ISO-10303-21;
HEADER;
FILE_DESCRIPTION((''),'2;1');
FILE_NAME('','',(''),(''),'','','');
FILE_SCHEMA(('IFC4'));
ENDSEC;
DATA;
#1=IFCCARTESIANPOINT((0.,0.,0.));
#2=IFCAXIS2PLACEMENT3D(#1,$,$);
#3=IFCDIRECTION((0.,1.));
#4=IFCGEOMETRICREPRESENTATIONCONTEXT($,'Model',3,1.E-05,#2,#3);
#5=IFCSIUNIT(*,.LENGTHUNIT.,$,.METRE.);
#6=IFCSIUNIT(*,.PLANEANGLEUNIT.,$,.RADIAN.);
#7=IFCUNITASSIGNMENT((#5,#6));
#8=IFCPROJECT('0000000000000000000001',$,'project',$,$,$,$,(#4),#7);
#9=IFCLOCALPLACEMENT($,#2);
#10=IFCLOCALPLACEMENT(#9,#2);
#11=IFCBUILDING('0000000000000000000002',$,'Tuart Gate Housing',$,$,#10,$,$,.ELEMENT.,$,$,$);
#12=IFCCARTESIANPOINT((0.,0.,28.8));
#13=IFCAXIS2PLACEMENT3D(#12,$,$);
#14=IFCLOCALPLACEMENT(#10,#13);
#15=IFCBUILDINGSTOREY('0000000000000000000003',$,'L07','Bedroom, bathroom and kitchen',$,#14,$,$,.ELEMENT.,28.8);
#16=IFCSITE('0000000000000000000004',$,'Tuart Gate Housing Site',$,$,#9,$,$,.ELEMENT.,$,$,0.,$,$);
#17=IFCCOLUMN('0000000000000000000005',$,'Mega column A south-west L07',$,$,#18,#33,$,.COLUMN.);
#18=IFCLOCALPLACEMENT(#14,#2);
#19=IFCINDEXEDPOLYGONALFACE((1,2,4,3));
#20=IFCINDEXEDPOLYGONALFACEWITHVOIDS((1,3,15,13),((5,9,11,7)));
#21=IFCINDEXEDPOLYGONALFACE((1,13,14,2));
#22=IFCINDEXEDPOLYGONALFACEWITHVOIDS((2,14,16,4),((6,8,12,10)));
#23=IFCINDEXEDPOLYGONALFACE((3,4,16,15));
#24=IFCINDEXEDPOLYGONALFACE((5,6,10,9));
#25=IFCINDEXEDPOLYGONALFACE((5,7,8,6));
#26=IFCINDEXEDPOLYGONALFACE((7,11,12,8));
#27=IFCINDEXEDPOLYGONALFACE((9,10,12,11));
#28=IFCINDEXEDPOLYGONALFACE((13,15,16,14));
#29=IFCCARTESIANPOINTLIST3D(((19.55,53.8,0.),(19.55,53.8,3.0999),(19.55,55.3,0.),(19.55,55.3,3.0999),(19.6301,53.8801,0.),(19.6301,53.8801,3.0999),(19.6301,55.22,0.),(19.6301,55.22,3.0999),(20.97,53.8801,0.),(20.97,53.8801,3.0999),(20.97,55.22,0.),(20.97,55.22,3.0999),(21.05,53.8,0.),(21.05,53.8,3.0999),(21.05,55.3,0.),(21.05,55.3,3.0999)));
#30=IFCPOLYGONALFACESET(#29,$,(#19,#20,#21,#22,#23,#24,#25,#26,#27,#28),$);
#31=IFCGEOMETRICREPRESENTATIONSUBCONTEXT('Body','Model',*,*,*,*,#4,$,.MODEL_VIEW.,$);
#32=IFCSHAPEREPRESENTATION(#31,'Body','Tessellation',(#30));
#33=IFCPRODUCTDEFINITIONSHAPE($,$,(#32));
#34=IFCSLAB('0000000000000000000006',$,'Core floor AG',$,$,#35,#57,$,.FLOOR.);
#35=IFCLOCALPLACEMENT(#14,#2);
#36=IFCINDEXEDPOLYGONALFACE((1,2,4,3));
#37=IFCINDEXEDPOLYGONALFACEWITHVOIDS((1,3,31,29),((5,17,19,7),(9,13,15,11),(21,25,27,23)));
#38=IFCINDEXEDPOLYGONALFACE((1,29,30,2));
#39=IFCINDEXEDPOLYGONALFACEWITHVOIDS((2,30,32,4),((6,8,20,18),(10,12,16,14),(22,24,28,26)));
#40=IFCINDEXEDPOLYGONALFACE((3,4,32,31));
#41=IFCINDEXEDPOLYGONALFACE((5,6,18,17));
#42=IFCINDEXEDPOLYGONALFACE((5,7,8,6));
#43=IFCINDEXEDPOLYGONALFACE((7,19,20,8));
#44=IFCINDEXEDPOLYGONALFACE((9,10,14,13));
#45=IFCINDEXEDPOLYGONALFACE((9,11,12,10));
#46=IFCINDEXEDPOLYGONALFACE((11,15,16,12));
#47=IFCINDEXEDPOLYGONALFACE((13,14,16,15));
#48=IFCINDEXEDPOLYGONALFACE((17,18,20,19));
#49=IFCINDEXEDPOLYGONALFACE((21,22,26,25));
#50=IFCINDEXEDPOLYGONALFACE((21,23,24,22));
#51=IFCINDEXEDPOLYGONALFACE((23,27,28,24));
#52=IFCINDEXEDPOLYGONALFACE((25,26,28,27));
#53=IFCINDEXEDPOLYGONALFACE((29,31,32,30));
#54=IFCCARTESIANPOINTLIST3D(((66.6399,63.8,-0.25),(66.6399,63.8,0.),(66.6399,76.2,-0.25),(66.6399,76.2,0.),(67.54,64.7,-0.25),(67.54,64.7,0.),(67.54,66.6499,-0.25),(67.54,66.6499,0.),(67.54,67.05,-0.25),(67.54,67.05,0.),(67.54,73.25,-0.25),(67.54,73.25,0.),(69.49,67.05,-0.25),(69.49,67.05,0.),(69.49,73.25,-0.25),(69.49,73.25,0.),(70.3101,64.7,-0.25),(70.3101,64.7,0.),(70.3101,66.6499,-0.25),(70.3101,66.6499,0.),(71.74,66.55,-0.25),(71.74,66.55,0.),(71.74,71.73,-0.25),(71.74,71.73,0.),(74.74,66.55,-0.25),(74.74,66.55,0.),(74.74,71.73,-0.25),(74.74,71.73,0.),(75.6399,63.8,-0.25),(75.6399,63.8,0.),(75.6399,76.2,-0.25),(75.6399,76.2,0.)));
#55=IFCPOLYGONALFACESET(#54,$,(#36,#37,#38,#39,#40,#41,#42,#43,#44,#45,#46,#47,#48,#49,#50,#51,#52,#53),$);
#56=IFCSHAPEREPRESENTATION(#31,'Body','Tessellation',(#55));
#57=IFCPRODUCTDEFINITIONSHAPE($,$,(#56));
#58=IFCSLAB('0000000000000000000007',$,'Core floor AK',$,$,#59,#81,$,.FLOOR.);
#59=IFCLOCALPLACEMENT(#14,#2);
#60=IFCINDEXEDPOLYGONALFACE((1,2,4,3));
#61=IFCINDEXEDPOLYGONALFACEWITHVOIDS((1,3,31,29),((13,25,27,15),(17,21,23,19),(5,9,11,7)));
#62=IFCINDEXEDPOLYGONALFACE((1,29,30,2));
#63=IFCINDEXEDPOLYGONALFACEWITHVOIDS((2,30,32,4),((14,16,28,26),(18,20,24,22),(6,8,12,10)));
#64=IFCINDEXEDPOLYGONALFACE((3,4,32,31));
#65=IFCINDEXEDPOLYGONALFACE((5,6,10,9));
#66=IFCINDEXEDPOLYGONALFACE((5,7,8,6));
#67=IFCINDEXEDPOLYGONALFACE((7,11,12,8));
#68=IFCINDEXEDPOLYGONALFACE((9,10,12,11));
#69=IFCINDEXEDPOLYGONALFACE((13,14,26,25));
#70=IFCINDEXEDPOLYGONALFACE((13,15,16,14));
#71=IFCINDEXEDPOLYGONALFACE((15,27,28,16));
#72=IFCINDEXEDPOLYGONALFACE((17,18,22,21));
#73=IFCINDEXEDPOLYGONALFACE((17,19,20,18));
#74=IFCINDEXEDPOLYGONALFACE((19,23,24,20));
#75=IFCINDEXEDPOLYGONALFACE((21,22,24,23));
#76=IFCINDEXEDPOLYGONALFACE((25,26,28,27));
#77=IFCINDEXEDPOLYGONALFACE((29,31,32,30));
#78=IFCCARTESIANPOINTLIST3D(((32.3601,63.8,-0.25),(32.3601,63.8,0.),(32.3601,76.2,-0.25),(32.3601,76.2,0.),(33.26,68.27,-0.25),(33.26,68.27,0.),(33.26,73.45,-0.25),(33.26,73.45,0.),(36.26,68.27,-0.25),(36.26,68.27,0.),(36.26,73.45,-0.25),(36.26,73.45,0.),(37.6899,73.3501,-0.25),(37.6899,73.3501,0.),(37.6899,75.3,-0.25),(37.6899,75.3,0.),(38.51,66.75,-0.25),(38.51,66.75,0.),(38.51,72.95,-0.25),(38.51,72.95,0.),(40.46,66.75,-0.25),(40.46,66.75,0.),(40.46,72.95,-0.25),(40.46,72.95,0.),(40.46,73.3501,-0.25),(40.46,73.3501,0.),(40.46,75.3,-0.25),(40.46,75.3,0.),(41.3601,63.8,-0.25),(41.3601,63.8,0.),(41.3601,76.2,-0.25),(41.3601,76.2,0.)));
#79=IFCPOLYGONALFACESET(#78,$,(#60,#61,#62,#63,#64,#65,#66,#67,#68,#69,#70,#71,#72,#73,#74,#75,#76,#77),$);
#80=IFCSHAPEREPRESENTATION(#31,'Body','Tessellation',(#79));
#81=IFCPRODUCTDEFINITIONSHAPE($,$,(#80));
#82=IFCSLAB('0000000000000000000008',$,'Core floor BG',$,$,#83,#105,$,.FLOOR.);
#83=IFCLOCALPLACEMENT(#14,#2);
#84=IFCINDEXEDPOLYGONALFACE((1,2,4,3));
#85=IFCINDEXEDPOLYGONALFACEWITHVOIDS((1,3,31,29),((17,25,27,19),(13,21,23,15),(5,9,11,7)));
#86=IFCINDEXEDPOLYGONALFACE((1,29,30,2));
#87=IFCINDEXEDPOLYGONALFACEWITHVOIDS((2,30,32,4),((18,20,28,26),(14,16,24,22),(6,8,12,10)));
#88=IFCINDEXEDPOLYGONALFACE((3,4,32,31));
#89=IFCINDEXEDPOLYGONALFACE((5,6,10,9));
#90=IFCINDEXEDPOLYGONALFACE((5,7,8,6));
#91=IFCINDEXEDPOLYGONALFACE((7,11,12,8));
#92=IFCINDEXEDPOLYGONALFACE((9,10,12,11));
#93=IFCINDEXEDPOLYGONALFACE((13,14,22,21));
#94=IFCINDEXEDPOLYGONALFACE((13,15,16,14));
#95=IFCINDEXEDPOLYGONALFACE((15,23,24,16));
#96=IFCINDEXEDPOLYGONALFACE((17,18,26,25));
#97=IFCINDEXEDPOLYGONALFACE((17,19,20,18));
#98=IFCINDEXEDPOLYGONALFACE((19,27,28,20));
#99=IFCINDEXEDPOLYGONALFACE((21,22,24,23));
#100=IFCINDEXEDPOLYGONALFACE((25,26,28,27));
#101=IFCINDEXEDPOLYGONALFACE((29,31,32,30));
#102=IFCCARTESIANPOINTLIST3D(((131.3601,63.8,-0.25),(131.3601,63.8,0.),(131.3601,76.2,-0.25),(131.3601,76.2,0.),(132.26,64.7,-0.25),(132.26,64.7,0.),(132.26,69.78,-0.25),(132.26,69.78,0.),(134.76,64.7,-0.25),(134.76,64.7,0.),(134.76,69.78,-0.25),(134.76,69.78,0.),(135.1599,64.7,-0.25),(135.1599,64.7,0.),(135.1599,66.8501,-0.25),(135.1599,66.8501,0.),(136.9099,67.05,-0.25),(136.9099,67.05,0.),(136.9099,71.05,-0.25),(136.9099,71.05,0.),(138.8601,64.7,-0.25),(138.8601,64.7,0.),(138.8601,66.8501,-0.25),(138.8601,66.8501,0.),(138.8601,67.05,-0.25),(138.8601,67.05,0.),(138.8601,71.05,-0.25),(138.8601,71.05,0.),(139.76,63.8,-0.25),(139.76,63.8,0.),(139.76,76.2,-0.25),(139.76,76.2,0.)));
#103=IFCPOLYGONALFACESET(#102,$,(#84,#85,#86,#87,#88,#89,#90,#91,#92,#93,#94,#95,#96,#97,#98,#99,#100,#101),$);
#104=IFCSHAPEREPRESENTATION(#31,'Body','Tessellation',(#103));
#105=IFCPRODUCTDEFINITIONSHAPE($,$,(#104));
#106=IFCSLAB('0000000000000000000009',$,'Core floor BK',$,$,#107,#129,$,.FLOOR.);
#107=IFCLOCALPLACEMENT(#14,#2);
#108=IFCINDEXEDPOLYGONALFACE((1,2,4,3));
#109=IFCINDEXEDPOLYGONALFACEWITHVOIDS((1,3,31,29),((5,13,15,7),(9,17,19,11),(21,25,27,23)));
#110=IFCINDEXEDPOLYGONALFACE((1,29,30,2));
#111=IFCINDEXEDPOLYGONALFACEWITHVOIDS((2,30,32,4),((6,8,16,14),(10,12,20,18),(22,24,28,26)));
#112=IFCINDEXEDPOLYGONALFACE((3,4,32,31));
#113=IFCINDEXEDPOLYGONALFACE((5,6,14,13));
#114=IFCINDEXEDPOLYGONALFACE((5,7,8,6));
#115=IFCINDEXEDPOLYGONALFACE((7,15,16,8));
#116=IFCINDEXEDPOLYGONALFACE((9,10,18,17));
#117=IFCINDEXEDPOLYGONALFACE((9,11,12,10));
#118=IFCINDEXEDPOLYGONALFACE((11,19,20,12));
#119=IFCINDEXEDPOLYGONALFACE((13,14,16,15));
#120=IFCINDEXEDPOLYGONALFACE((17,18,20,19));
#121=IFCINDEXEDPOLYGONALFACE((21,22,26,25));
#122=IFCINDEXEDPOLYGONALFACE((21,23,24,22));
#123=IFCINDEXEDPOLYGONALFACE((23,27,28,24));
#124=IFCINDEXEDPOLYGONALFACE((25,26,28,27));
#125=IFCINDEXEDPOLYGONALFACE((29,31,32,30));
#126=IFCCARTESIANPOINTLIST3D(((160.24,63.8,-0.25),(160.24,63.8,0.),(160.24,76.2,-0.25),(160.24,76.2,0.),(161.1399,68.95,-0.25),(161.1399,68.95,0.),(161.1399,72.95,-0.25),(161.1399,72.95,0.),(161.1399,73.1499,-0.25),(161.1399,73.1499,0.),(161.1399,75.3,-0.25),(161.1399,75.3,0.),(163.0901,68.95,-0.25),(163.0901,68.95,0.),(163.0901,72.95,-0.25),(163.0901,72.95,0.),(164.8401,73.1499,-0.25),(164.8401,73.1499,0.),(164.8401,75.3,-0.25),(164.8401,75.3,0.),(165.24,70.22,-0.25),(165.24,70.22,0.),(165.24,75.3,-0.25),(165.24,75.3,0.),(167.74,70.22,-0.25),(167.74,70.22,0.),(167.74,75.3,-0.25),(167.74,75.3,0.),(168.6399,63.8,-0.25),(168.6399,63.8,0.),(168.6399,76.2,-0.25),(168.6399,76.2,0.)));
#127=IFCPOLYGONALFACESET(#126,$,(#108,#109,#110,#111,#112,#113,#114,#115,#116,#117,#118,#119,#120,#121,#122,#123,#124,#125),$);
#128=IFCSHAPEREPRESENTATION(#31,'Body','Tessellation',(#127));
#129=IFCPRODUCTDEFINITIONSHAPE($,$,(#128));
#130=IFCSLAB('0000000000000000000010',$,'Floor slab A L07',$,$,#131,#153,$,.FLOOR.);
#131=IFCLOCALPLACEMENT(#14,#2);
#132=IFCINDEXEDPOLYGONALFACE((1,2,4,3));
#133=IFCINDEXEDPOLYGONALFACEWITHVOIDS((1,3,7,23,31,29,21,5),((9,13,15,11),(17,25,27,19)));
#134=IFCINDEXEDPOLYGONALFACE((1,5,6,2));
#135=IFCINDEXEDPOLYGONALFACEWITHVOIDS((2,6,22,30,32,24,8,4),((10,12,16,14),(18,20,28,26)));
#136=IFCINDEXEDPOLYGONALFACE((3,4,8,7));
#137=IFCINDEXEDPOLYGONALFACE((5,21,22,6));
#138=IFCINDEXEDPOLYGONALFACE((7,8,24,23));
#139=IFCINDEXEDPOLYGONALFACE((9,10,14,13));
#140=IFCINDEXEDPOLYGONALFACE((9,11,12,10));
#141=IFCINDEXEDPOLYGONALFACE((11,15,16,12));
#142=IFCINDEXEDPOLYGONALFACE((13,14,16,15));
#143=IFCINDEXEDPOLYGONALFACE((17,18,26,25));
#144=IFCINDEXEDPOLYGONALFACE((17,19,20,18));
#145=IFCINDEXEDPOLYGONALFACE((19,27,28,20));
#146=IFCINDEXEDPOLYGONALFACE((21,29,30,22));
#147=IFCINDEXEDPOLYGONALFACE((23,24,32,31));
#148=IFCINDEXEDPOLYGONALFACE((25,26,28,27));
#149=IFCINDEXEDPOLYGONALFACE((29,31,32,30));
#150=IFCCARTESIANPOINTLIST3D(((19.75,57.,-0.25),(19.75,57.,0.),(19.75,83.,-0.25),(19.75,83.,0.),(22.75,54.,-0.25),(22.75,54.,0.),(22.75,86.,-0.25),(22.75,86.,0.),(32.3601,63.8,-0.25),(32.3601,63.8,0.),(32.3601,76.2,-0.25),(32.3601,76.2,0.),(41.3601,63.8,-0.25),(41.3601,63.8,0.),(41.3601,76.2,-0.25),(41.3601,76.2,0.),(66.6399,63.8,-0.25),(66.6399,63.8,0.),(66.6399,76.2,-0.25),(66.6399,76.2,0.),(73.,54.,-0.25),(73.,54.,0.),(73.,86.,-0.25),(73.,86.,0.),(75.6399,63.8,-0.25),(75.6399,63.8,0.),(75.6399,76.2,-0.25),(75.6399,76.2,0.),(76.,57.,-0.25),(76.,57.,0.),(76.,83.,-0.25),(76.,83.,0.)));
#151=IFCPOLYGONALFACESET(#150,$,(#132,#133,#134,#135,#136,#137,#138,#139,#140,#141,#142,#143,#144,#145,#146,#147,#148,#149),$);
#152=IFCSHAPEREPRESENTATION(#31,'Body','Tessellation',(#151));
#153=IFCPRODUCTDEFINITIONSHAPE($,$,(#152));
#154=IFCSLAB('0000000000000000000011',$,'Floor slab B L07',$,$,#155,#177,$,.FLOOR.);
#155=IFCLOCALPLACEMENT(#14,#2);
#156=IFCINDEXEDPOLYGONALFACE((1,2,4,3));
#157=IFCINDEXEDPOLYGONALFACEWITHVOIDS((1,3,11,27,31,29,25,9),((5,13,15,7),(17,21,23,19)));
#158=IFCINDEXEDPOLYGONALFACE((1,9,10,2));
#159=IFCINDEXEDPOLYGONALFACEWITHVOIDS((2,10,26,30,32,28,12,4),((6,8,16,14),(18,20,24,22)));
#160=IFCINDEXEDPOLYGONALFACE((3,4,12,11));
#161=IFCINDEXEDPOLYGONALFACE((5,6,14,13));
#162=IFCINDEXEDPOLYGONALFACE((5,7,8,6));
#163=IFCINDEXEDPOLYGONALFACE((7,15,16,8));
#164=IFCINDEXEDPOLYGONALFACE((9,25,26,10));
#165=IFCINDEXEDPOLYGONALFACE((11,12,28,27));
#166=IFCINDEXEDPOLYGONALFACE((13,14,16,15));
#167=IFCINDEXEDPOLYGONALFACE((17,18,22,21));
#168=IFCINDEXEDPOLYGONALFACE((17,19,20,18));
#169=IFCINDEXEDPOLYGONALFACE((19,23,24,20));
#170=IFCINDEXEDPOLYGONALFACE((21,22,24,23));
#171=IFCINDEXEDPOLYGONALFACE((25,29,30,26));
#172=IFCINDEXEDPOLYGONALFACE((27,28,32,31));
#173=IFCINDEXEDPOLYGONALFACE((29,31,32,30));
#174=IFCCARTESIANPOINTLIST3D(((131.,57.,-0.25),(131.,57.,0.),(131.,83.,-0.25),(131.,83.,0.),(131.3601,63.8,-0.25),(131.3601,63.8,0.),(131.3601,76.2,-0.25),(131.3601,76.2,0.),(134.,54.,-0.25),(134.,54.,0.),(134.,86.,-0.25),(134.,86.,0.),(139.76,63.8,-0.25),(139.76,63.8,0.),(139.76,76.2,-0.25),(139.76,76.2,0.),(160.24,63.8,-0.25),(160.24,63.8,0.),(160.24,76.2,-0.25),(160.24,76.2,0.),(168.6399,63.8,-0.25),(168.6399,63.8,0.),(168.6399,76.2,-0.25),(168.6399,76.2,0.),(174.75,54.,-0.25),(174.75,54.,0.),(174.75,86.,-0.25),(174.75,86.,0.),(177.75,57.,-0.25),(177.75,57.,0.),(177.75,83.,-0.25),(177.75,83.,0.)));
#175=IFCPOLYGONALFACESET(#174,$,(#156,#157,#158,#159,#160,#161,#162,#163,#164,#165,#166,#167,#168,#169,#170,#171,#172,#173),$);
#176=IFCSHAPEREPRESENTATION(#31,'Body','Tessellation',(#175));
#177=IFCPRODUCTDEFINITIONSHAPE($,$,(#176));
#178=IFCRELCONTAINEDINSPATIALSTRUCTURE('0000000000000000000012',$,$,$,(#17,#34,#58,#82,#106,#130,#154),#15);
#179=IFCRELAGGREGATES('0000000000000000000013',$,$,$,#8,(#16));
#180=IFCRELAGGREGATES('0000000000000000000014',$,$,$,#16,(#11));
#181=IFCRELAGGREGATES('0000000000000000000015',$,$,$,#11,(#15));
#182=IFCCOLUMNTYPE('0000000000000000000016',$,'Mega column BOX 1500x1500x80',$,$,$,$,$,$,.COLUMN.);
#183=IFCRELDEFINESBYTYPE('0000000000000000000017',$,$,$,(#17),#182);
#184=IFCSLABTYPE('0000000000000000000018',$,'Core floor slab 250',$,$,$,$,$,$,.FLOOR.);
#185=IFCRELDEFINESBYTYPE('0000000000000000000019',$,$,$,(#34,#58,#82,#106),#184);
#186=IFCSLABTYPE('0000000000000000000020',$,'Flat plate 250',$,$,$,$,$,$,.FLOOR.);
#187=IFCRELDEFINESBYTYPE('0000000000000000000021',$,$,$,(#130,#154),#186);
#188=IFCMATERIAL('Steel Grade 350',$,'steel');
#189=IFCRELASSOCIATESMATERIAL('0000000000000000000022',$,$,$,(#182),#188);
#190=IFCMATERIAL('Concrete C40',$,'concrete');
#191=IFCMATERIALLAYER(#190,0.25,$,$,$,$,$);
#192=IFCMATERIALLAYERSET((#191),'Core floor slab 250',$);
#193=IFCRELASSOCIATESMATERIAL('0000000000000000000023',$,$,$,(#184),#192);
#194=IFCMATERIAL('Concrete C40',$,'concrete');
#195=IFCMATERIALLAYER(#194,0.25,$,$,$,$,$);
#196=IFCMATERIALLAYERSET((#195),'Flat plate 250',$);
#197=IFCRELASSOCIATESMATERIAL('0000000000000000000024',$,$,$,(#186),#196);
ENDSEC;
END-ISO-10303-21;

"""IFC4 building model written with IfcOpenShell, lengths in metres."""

from ifc_helpers import new_model, si_unit, direction, frame, origin, origin_2d, place, context, subcontext, project, spatial, polyline, hollow_rectangle, outline, extrude, material, layer, layer_set, material_profile, profile_set, type_object, element, save


model = new_model("IFC4")

# Units and contexts
model_context = context("Model", 3, precision=1e-05, world=origin(), true_north=direction((0.0, 1.0)))
body_context = subcontext(model_context, "Body", "Model", "MODEL_VIEW")
ifc_project = project(units=[si_unit("LENGTHUNIT", "METRE"), si_unit("PLANEANGLEUNIT", "RADIAN")], contexts=[model_context])

# Site, building, storey
site_placement = place(None, origin())
site = spatial("IfcSite", under=ifc_project, at=site_placement, Name="Tuart Gate Housing Site", CompositionType="ELEMENT", RefElevation=0.0)
building_placement = place(site_placement, origin())
building = spatial("IfcBuilding", under=site, at=building_placement, Name="Tuart Gate Housing", CompositionType="ELEMENT")
storey_placement = place(building_placement, frame((0.0, 0.0, 28.8)))
storey = spatial("IfcBuildingStorey", under=building, at=storey_placement, Name="L07", Description="Bedroom, bathroom and kitchen", CompositionType="ELEMENT", Elevation=28.8)

# Column
ifc_material_1 = material(Name="Steel Grade 350", Category="steel")
ifc_material_profile = material_profile(ifc_material_1, hollow_rectangle(XDim=1.5, YDim=1.5, WallThickness=0.0801, at=origin_2d()), Name="BOX 1500x1500x80")
ifc_profile_set = profile_set([ifc_material_profile], Name="Steel Grade 350")
column_type = type_object("IfcColumnType", Name="Mega column BOX 1500x1500x80", PredefinedType="COLUMN", material=ifc_profile_set)
column_placement = place(storey_placement, frame((20.3, 54.55, 0.0), z_axis=(0.0, 0.0, 1.0), x_axis=(1.0, 0.0, 0.0)))
element("IfcColumn", 1, at=column_placement, inside=storey, type_object=column_type, Name="Mega column A south-west L07", PredefinedType="COLUMN", context=body_context, shape_type="SweptSolid", body=[
    extrude(hollow_rectangle(XDim=1.5, YDim=1.5, WallThickness=0.0801, at=origin_2d()), origin(), (0.0, 0.0, 1.0), 3.0999),
])

# Slabs
ifc_material_2 = material(Name="Concrete C40", Category="concrete")
ifc_layer_1 = layer(ifc_material_2, 0.25)
ifc_layer_set_1 = layer_set([ifc_layer_1], Name="Core floor slab 250")
slab_type_1 = type_object("IfcSlabType", Name="Core floor slab 250", PredefinedType="FLOOR", material=ifc_layer_set_1)
slab_1_placement = place(storey_placement, frame((0.0, 0.0, -0.25)))
element("IfcSlab", 2, at=slab_1_placement, inside=storey, type_object=slab_type_1, Name="Core floor AG", PredefinedType="FLOOR", context=body_context, shape_type="SweptSolid", body=[
    extrude(outline(polyline([(66.6399, 63.8), (75.6399, 63.8), (75.6399, 76.2), (66.6399, 76.2), (66.6399, 63.8)]), holes=[polyline([(67.54, 64.7), (70.3101, 64.7), (70.3101, 66.6499), (67.54, 66.6499), (67.54, 64.7)]), polyline([(67.54, 67.05), (69.49, 67.05), (69.49, 73.25), (67.54, 73.25), (67.54, 67.05)]), polyline([(71.74, 66.55), (74.74, 66.55), (74.74, 71.73), (71.74, 71.73), (71.74, 66.55)])]), origin(), (0.0, 0.0, 1.0), 0.25),
])
slab_2_placement = place(storey_placement, frame((0.0, 0.0, -0.25)))
element("IfcSlab", 3, at=slab_2_placement, inside=storey, type_object=slab_type_1, Name="Core floor AK", PredefinedType="FLOOR", context=body_context, shape_type="SweptSolid", body=[
    extrude(outline(polyline([(32.3601, 63.8), (41.3601, 63.8), (41.3601, 76.2), (32.3601, 76.2), (32.3601, 63.8)]), holes=[polyline([(40.46, 75.3), (37.6899, 75.3), (37.6899, 73.3501), (40.46, 73.3501), (40.46, 75.3)]), polyline([(40.46, 72.95), (38.51, 72.95), (38.51, 66.75), (40.46, 66.75), (40.46, 72.95)]), polyline([(36.26, 73.45), (33.26, 73.45), (33.26, 68.27), (36.26, 68.27), (36.26, 73.45)])]), origin(), (0.0, 0.0, 1.0), 0.25),
])
slab_3_placement = place(storey_placement, frame((0.0, 0.0, -0.25)))
element("IfcSlab", 4, at=slab_3_placement, inside=storey, type_object=slab_type_1, Name="Core floor BG", PredefinedType="FLOOR", context=body_context, shape_type="SweptSolid", body=[
    extrude(outline(polyline([(131.3601, 63.8), (139.76, 63.8), (139.76, 76.2), (131.3601, 76.2), (131.3601, 63.8)]), holes=[polyline([(138.8601, 66.8501), (135.1599, 66.8501), (135.1599, 64.7), (138.8601, 64.7), (138.8601, 66.8501)]), polyline([(138.8601, 71.05), (136.9099, 71.05), (136.9099, 67.05), (138.8601, 67.05), (138.8601, 71.05)]), polyline([(134.76, 69.78), (132.26, 69.78), (132.26, 64.7), (134.76, 64.7), (134.76, 69.78)])]), origin(), (0.0, 0.0, 1.0), 0.25),
])
slab_4_placement = place(storey_placement, frame((0.0, 0.0, -0.25)))
element("IfcSlab", 5, at=slab_4_placement, inside=storey, type_object=slab_type_1, Name="Core floor BK", PredefinedType="FLOOR", context=body_context, shape_type="SweptSolid", body=[
    extrude(outline(polyline([(160.24, 63.8), (168.6399, 63.8), (168.6399, 76.2), (160.24, 76.2), (160.24, 63.8)]), holes=[polyline([(161.1399, 73.1499), (164.8401, 73.1499), (164.8401, 75.3), (161.1399, 75.3), (161.1399, 73.1499)]), polyline([(161.1399, 68.95), (163.0901, 68.95), (163.0901, 72.95), (161.1399, 72.95), (161.1399, 68.95)]), polyline([(165.24, 70.22), (167.74, 70.22), (167.74, 75.3), (165.24, 75.3), (165.24, 70.22)])]), origin(), (0.0, 0.0, 1.0), 0.25),
])
ifc_material_3 = material(Name="Concrete C40", Category="concrete")
ifc_layer_2 = layer(ifc_material_3, 0.25)
ifc_layer_set_2 = layer_set([ifc_layer_2], Name="Flat plate 250")
slab_type_2 = type_object("IfcSlabType", Name="Flat plate 250", PredefinedType="FLOOR", material=ifc_layer_set_2)
slab_5_placement = place(storey_placement, frame((0.0, 0.0, -0.25)))
element("IfcSlab", 6, at=slab_5_placement, inside=storey, type_object=slab_type_2, Name="Floor slab A L07", PredefinedType="FLOOR", context=body_context, shape_type="SweptSolid", body=[
    extrude(outline(polyline([(22.75, 86.0), (19.75, 83.0), (19.75, 57.0), (22.75, 54.0), (73.0, 54.0), (76.0, 57.0), (76.0, 83.0), (73.0, 86.0), (22.75, 86.0)]), holes=[polyline([(66.6399, 76.2), (75.6399, 76.2), (75.6399, 63.8), (66.6399, 63.8), (66.6399, 76.2)]), polyline([(41.3601, 76.2), (41.3601, 63.8), (32.3601, 63.8), (32.3601, 76.2), (41.3601, 76.2)])]), origin(), (0.0, 0.0, 1.0), 0.25),
])
slab_6_placement = place(storey_placement, frame((0.0, 0.0, -0.25)))
element("IfcSlab", 7, at=slab_6_placement, inside=storey, type_object=slab_type_2, Name="Floor slab B L07", PredefinedType="FLOOR", context=body_context, shape_type="SweptSolid", body=[
    extrude(outline(polyline([(134.0, 86.0), (131.0, 83.0), (131.0, 57.0), (134.0, 54.0), (174.75, 54.0), (177.75, 57.0), (177.75, 83.0), (174.75, 86.0), (134.0, 86.0)]), holes=[polyline([(131.3601, 76.2), (139.76, 76.2), (139.76, 63.8), (131.3601, 63.8), (131.3601, 76.2)]), polyline([(168.6399, 76.2), (168.6399, 63.8), (160.24, 63.8), (160.24, 76.2), (168.6399, 76.2)])]), origin(), (0.0, 0.0, 1.0), 0.25),
])

save(model, "model.ifc")
